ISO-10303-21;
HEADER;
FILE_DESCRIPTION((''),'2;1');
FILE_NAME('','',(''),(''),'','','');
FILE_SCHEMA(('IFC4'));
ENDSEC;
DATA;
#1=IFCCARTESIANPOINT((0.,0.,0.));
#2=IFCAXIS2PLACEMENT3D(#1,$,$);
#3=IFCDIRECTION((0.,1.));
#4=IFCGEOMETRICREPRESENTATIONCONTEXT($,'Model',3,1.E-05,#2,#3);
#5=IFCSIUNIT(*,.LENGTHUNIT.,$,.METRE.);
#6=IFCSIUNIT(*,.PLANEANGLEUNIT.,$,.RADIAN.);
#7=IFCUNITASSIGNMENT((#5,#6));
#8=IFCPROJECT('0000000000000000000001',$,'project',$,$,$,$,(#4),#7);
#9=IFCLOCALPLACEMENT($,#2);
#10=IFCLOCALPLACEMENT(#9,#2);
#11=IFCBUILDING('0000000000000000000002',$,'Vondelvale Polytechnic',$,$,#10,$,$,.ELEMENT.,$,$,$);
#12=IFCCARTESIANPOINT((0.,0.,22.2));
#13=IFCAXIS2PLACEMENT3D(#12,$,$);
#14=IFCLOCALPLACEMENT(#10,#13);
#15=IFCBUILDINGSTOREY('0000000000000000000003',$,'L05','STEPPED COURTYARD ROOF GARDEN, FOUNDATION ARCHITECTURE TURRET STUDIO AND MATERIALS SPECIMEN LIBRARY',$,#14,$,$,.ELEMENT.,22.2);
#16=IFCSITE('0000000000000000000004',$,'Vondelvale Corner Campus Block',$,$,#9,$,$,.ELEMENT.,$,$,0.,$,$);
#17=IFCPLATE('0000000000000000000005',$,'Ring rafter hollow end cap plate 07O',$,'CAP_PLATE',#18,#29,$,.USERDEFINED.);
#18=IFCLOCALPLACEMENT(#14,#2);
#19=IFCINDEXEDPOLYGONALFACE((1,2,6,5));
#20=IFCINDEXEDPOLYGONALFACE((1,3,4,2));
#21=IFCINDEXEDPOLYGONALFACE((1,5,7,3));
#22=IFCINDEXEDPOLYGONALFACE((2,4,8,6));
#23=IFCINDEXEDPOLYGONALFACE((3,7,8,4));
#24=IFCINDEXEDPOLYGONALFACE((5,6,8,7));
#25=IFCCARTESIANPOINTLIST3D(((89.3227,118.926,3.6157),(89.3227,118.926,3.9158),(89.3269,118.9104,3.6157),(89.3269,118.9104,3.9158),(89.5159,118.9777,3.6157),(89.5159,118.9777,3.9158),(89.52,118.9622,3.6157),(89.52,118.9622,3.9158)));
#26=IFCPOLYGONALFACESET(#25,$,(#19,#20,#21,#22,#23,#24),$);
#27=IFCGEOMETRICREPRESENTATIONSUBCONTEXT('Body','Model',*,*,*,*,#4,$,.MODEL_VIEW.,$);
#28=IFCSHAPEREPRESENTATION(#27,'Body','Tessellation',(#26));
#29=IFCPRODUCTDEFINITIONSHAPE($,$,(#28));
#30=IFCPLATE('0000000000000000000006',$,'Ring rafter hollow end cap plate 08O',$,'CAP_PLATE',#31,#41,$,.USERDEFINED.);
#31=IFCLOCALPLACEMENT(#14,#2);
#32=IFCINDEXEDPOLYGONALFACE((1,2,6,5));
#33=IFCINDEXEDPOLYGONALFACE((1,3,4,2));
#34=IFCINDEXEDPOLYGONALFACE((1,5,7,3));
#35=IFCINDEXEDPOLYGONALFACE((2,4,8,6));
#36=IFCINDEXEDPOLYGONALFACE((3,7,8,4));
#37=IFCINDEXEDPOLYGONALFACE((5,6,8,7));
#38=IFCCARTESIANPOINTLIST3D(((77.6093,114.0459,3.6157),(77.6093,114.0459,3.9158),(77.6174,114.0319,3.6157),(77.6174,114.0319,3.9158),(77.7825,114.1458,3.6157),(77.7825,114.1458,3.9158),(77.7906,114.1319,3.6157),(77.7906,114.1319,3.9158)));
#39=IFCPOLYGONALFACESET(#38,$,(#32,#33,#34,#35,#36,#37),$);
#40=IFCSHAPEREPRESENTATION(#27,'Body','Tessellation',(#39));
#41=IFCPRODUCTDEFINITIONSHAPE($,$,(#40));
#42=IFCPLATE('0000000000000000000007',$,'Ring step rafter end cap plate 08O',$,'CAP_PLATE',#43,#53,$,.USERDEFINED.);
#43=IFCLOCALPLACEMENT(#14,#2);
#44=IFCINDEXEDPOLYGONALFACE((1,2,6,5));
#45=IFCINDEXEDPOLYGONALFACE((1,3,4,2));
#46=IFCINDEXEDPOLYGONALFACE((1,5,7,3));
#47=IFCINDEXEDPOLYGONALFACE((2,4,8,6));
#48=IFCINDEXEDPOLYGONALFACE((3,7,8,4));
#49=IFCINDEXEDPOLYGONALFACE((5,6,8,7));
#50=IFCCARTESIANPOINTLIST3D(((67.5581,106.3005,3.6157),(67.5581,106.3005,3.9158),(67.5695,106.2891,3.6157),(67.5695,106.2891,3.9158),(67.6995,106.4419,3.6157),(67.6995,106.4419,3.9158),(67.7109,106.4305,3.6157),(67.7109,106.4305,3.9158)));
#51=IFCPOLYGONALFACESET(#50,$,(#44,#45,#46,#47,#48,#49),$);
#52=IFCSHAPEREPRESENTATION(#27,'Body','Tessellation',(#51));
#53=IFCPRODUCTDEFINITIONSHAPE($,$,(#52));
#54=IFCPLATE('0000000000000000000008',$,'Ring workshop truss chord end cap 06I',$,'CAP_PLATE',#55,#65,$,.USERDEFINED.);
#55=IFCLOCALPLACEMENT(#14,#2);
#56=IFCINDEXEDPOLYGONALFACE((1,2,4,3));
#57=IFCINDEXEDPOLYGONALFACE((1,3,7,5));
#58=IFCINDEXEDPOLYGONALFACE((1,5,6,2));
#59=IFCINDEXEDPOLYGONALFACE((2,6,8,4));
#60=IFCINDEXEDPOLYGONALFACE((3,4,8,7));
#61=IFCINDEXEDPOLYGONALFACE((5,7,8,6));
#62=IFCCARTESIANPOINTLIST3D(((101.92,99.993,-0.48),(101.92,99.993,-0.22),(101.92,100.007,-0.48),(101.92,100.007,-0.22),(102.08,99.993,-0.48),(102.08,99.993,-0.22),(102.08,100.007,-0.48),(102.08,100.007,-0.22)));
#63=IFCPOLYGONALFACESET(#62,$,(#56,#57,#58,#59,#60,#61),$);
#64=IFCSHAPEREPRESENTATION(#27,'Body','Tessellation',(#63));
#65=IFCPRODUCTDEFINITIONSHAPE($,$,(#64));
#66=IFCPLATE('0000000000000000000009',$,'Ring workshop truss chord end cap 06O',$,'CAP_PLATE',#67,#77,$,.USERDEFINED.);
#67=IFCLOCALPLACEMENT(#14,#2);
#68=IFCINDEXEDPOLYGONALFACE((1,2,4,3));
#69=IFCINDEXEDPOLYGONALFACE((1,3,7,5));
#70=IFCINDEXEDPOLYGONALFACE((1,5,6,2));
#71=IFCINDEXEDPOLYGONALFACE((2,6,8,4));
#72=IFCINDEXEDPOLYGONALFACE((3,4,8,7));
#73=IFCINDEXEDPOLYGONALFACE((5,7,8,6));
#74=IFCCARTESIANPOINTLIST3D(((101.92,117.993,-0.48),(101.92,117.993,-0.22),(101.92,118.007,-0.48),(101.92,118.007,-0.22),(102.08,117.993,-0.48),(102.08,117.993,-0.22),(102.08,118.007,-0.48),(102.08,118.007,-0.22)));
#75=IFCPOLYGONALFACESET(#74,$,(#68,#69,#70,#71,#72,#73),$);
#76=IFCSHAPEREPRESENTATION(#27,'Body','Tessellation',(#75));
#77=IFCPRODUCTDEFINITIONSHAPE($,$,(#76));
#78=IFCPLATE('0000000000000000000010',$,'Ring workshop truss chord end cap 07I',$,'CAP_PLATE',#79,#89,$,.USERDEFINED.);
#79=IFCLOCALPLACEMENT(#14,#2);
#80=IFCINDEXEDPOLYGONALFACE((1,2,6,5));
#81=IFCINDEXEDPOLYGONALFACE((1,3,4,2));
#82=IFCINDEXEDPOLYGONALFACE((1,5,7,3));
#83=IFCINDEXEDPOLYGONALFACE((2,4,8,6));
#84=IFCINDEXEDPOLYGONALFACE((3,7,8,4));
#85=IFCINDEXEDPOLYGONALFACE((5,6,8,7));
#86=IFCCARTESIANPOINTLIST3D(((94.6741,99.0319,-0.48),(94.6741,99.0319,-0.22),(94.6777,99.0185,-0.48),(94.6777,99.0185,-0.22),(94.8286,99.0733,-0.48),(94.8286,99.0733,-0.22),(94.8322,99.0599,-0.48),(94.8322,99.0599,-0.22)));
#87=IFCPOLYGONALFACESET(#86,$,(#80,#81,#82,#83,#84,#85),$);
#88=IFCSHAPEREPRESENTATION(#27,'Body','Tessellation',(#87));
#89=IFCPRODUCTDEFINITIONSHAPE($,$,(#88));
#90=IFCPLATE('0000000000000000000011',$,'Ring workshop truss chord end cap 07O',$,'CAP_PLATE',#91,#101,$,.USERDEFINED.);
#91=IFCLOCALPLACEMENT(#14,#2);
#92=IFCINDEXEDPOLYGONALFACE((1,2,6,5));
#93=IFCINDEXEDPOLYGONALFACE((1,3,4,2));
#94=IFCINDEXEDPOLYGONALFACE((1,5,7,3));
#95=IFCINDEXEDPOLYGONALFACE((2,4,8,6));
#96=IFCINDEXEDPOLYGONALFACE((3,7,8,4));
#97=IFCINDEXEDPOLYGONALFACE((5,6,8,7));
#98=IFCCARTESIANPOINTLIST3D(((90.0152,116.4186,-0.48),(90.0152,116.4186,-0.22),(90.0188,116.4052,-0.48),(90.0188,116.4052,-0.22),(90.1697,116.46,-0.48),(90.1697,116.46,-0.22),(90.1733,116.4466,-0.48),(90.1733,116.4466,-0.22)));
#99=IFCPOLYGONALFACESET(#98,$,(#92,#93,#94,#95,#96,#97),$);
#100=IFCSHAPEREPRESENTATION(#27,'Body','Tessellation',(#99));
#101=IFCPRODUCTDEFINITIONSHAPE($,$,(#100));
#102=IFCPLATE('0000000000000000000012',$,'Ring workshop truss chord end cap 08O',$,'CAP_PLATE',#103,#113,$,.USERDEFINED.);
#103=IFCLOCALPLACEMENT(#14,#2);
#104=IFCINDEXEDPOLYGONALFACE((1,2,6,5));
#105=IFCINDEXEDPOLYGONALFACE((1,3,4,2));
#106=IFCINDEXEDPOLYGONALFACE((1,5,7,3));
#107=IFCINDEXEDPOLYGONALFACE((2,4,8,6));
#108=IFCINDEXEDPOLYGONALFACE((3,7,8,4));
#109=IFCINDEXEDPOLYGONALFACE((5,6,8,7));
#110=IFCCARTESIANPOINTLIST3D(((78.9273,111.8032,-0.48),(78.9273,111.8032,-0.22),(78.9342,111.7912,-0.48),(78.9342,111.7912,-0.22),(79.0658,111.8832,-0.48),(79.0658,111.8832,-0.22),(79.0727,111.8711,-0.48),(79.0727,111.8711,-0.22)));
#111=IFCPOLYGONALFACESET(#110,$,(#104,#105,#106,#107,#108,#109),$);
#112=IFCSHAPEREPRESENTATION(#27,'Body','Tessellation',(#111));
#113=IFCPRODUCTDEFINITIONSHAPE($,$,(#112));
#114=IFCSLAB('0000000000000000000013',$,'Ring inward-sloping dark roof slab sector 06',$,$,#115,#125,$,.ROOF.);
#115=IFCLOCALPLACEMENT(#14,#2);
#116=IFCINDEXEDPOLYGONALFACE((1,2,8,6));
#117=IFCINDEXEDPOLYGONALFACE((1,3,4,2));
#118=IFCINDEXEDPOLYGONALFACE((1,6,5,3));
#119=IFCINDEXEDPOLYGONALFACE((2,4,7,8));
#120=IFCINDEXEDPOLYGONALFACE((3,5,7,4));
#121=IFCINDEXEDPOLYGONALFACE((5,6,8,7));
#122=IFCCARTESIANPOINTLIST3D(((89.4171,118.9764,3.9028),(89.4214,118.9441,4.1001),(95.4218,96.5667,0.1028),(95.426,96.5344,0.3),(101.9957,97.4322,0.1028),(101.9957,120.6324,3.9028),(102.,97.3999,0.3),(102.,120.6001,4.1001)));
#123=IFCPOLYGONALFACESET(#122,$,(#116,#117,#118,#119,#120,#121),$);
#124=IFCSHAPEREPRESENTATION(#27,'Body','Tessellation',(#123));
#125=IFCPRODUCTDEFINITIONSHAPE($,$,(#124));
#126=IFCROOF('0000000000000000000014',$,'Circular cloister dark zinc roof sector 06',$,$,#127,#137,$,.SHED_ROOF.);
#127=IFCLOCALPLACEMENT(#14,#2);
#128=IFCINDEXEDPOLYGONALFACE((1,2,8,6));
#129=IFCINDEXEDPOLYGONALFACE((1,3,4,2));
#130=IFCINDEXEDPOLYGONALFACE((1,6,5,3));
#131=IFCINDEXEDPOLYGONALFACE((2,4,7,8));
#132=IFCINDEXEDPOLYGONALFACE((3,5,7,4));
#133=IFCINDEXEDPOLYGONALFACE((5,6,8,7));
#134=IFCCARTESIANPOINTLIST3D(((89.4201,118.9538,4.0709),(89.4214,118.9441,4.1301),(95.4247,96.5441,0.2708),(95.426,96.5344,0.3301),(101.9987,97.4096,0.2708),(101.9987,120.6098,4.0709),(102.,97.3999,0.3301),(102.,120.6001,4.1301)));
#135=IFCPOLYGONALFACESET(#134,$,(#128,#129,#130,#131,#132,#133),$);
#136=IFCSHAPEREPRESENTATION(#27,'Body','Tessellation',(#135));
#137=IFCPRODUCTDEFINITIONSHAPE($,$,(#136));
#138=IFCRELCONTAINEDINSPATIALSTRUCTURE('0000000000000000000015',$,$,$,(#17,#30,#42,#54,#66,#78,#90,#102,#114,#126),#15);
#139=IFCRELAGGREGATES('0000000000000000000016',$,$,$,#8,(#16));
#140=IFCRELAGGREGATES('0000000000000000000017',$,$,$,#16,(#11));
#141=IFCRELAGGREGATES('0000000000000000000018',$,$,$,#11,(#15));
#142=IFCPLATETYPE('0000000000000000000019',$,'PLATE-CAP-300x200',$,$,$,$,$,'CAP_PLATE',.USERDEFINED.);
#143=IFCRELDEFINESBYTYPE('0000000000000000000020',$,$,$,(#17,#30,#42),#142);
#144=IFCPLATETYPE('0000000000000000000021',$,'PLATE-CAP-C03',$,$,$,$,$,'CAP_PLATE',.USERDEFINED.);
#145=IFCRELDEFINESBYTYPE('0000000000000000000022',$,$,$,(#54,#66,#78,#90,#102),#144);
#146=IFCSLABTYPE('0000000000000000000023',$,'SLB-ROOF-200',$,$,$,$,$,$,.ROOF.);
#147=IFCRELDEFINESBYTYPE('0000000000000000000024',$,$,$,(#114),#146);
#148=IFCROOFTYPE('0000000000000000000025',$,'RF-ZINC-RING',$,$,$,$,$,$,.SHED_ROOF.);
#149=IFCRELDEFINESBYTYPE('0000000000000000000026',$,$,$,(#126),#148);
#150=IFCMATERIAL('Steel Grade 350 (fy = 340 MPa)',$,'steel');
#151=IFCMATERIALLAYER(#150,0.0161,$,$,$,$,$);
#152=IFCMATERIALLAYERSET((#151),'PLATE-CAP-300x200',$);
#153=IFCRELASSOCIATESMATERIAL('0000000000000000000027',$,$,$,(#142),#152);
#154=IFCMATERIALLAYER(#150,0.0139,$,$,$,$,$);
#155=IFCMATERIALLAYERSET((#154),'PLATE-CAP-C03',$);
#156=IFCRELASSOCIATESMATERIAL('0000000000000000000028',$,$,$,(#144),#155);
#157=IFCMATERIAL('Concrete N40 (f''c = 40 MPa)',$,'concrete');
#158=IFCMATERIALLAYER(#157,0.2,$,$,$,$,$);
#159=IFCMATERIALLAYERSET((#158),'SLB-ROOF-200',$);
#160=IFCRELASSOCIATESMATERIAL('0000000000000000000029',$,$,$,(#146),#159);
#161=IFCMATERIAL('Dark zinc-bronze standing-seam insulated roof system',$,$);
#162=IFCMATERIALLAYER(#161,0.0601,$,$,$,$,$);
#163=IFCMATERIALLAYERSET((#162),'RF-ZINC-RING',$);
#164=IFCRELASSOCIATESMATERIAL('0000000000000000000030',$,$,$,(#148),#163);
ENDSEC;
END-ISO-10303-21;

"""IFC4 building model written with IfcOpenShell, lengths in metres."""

from ifc_helpers import new_model, si_unit, direction, frame, origin, origin_2d, place, context, subcontext, project, spatial, polyline, rectangle, outline, extrude, material, layer, layer_set, type_object, element, save


model = new_model("IFC4")

# Units and contexts
model_context = context("Model", 3, precision=1e-05, world=origin(), true_north=direction((0.0, 1.0)))
body_context = subcontext(model_context, "Body", "Model", "MODEL_VIEW")
ifc_project = project(units=[si_unit("LENGTHUNIT", "METRE"), si_unit("PLANEANGLEUNIT", "RADIAN")], contexts=[model_context])

# Site, building, storey
site_placement = place(None, origin())
site = spatial("IfcSite", under=ifc_project, at=site_placement, Name="Vondelvale Corner Campus Block", CompositionType="ELEMENT", RefElevation=0.0)
building_placement = place(site_placement, origin())
building = spatial("IfcBuilding", under=site, at=building_placement, Name="Vondelvale Polytechnic", CompositionType="ELEMENT")
storey_placement = place(building_placement, frame((0.0, 0.0, 22.2)))
storey = spatial("IfcBuildingStorey", under=building, at=storey_placement, Name="L05", Description="STEPPED COURTYARD ROOF GARDEN, FOUNDATION ARCHITECTURE TURRET STUDIO AND MATERIALS SPECIMEN LIBRARY", CompositionType="ELEMENT", Elevation=22.2)

# Plates
ifc_material_1 = material(Name="Steel Grade 350 (fy = 340 MPa)", Category="steel")
ifc_layer_1 = layer(ifc_material_1, 0.0161)
ifc_layer_set_1 = layer_set([ifc_layer_1], Name="PLATE-CAP-300x200")
plate_type_1 = type_object("IfcPlateType", Name="PLATE-CAP-300x200", ElementType="CAP_PLATE", PredefinedType="USERDEFINED", material=ifc_layer_set_1)
for number, where, z_axis, x_axis, name in (
    (1, (89.4214, 118.9441, 3.6157), (0.0, 0.0, 1.0), (0.258819, -0.965926, 0.0), "Ring rafter hollow end cap plate 07O"),
    (2, (77.7, 114.0889, 3.6157), (0.0, 0.0, 1.0), (0.5, -0.866025, 0.0), "Ring rafter hollow end cap plate 08O"),
    (3, (67.6345, 106.3655, 3.6157), (0.0, 0.0, 1.0), (0.707107, -0.707107, 0.0), "Ring step rafter end cap plate 08O"),
):
    element("IfcPlate", number, at=place(storey_placement, frame(where, z_axis=z_axis, x_axis=x_axis)), inside=storey, type_object=plate_type_1, Name=name, ObjectType="CAP_PLATE", PredefinedType="USERDEFINED", context=body_context, shape_type="SweptSolid", body=[
        extrude(rectangle(XDim=0.0161, YDim=0.2, at=origin_2d()), origin(), (0.0, 0.0, 1.0), 0.3),
    ])
ifc_layer_2 = layer(ifc_material_1, 0.0139)
ifc_layer_set_2 = layer_set([ifc_layer_2], Name="PLATE-CAP-C03")
plate_type_2 = type_object("IfcPlateType", Name="PLATE-CAP-C03", ElementType="CAP_PLATE", PredefinedType="USERDEFINED", material=ifc_layer_set_2)
for number, where, z_axis, x_axis, name in (
    (4, (102.0, 100.0, -0.48), (0.0, 0.0, 1.0), (0.0, -1.0, 0.0), "Ring workshop truss chord end cap 06I"),
    (5, (102.0, 118.0, -0.48), (0.0, 0.0, 1.0), (0.0, -1.0, 0.0), "Ring workshop truss chord end cap 06O"),
    (6, (94.7532, 99.0459, -0.48), (0.0, 0.0, 1.0), (0.258819, -0.965926, 0.0), "Ring workshop truss chord end cap 07I"),
    (7, (90.0942, 116.4326, -0.48), (0.0, 0.0, 1.0), (0.258819, -0.965926, 0.0), "Ring workshop truss chord end cap 07O"),
    (8, (79.0, 111.8372, -0.48), (0.0, 0.0, 1.0), (0.5, -0.866025, 0.0), "Ring workshop truss chord end cap 08O"),
):
    element("IfcPlate", number, at=place(storey_placement, frame(where, z_axis=z_axis, x_axis=x_axis)), inside=storey, type_object=plate_type_2, Name=name, ObjectType="CAP_PLATE", PredefinedType="USERDEFINED", context=body_context, shape_type="SweptSolid", body=[
        extrude(rectangle(XDim=0.0139, YDim=0.1599, at=origin_2d()), origin(), (0.0, 0.0, 1.0), 0.26),
    ])

# Slab
ifc_material_2 = material(Name="Concrete N40 (f'c = 40 MPa)", Category="concrete")
ifc_layer_3 = layer(ifc_material_2, 0.2)
ifc_layer_set_3 = layer_set([ifc_layer_3], Name="SLB-ROOF-200")
slab_type = type_object("IfcSlabType", Name="SLB-ROOF-200", PredefinedType="ROOF", material=ifc_layer_set_3)
slab_placement = place(storey_placement, frame((102.0, 97.3999, 0.3), z_axis=(0.021275, -0.161603, 0.986626), x_axis=(0.0, 0.98685, 0.16164)))
element("IfcSlab", 9, at=slab_placement, inside=storey, type_object=slab_type, Name="Ring inward-sloping dark roof slab sector 06", PredefinedType="ROOF", context=body_context, shape_type="SweptSolid", body=[
    extrude(outline(polyline([(0.0, 0.0), (23.5093, 0.0), (21.8751, 12.5815), (-0.8541, 6.5755), (0.0, 0.0)])), origin(), (0.0, 0.0, -1.0), 0.2),
])

# Roof
ifc_material_3 = material(Name="Dark zinc-bronze standing-seam insulated roof system")
ifc_layer_4 = layer(ifc_material_3, 0.0601)
ifc_layer_set_4 = layer_set([ifc_layer_4], Name="RF-ZINC-RING")
roof_type = type_object("IfcRoofType", Name="RF-ZINC-RING", PredefinedType="SHED_ROOF", material=ifc_layer_set_4)
roof_placement = place(storey_placement, frame((102.0, 97.3999, 0.3301), z_axis=(0.021275, -0.161603, 0.986626), x_axis=(0.0, 0.98685, 0.16164)))
element("IfcRoof", 10, at=roof_placement, inside=storey, type_object=roof_type, Name="Circular cloister dark zinc roof sector 06", PredefinedType="SHED_ROOF", context=body_context, shape_type="SweptSolid", body=[
    extrude(outline(polyline([(0.0, 0.0), (23.5093, 0.0), (21.8751, 12.5815), (-0.8541, 6.5755), (0.0, 0.0)])), origin(), (0.0, 0.0, -1.0), 0.0601),
])

save(model, "model.ifc")
